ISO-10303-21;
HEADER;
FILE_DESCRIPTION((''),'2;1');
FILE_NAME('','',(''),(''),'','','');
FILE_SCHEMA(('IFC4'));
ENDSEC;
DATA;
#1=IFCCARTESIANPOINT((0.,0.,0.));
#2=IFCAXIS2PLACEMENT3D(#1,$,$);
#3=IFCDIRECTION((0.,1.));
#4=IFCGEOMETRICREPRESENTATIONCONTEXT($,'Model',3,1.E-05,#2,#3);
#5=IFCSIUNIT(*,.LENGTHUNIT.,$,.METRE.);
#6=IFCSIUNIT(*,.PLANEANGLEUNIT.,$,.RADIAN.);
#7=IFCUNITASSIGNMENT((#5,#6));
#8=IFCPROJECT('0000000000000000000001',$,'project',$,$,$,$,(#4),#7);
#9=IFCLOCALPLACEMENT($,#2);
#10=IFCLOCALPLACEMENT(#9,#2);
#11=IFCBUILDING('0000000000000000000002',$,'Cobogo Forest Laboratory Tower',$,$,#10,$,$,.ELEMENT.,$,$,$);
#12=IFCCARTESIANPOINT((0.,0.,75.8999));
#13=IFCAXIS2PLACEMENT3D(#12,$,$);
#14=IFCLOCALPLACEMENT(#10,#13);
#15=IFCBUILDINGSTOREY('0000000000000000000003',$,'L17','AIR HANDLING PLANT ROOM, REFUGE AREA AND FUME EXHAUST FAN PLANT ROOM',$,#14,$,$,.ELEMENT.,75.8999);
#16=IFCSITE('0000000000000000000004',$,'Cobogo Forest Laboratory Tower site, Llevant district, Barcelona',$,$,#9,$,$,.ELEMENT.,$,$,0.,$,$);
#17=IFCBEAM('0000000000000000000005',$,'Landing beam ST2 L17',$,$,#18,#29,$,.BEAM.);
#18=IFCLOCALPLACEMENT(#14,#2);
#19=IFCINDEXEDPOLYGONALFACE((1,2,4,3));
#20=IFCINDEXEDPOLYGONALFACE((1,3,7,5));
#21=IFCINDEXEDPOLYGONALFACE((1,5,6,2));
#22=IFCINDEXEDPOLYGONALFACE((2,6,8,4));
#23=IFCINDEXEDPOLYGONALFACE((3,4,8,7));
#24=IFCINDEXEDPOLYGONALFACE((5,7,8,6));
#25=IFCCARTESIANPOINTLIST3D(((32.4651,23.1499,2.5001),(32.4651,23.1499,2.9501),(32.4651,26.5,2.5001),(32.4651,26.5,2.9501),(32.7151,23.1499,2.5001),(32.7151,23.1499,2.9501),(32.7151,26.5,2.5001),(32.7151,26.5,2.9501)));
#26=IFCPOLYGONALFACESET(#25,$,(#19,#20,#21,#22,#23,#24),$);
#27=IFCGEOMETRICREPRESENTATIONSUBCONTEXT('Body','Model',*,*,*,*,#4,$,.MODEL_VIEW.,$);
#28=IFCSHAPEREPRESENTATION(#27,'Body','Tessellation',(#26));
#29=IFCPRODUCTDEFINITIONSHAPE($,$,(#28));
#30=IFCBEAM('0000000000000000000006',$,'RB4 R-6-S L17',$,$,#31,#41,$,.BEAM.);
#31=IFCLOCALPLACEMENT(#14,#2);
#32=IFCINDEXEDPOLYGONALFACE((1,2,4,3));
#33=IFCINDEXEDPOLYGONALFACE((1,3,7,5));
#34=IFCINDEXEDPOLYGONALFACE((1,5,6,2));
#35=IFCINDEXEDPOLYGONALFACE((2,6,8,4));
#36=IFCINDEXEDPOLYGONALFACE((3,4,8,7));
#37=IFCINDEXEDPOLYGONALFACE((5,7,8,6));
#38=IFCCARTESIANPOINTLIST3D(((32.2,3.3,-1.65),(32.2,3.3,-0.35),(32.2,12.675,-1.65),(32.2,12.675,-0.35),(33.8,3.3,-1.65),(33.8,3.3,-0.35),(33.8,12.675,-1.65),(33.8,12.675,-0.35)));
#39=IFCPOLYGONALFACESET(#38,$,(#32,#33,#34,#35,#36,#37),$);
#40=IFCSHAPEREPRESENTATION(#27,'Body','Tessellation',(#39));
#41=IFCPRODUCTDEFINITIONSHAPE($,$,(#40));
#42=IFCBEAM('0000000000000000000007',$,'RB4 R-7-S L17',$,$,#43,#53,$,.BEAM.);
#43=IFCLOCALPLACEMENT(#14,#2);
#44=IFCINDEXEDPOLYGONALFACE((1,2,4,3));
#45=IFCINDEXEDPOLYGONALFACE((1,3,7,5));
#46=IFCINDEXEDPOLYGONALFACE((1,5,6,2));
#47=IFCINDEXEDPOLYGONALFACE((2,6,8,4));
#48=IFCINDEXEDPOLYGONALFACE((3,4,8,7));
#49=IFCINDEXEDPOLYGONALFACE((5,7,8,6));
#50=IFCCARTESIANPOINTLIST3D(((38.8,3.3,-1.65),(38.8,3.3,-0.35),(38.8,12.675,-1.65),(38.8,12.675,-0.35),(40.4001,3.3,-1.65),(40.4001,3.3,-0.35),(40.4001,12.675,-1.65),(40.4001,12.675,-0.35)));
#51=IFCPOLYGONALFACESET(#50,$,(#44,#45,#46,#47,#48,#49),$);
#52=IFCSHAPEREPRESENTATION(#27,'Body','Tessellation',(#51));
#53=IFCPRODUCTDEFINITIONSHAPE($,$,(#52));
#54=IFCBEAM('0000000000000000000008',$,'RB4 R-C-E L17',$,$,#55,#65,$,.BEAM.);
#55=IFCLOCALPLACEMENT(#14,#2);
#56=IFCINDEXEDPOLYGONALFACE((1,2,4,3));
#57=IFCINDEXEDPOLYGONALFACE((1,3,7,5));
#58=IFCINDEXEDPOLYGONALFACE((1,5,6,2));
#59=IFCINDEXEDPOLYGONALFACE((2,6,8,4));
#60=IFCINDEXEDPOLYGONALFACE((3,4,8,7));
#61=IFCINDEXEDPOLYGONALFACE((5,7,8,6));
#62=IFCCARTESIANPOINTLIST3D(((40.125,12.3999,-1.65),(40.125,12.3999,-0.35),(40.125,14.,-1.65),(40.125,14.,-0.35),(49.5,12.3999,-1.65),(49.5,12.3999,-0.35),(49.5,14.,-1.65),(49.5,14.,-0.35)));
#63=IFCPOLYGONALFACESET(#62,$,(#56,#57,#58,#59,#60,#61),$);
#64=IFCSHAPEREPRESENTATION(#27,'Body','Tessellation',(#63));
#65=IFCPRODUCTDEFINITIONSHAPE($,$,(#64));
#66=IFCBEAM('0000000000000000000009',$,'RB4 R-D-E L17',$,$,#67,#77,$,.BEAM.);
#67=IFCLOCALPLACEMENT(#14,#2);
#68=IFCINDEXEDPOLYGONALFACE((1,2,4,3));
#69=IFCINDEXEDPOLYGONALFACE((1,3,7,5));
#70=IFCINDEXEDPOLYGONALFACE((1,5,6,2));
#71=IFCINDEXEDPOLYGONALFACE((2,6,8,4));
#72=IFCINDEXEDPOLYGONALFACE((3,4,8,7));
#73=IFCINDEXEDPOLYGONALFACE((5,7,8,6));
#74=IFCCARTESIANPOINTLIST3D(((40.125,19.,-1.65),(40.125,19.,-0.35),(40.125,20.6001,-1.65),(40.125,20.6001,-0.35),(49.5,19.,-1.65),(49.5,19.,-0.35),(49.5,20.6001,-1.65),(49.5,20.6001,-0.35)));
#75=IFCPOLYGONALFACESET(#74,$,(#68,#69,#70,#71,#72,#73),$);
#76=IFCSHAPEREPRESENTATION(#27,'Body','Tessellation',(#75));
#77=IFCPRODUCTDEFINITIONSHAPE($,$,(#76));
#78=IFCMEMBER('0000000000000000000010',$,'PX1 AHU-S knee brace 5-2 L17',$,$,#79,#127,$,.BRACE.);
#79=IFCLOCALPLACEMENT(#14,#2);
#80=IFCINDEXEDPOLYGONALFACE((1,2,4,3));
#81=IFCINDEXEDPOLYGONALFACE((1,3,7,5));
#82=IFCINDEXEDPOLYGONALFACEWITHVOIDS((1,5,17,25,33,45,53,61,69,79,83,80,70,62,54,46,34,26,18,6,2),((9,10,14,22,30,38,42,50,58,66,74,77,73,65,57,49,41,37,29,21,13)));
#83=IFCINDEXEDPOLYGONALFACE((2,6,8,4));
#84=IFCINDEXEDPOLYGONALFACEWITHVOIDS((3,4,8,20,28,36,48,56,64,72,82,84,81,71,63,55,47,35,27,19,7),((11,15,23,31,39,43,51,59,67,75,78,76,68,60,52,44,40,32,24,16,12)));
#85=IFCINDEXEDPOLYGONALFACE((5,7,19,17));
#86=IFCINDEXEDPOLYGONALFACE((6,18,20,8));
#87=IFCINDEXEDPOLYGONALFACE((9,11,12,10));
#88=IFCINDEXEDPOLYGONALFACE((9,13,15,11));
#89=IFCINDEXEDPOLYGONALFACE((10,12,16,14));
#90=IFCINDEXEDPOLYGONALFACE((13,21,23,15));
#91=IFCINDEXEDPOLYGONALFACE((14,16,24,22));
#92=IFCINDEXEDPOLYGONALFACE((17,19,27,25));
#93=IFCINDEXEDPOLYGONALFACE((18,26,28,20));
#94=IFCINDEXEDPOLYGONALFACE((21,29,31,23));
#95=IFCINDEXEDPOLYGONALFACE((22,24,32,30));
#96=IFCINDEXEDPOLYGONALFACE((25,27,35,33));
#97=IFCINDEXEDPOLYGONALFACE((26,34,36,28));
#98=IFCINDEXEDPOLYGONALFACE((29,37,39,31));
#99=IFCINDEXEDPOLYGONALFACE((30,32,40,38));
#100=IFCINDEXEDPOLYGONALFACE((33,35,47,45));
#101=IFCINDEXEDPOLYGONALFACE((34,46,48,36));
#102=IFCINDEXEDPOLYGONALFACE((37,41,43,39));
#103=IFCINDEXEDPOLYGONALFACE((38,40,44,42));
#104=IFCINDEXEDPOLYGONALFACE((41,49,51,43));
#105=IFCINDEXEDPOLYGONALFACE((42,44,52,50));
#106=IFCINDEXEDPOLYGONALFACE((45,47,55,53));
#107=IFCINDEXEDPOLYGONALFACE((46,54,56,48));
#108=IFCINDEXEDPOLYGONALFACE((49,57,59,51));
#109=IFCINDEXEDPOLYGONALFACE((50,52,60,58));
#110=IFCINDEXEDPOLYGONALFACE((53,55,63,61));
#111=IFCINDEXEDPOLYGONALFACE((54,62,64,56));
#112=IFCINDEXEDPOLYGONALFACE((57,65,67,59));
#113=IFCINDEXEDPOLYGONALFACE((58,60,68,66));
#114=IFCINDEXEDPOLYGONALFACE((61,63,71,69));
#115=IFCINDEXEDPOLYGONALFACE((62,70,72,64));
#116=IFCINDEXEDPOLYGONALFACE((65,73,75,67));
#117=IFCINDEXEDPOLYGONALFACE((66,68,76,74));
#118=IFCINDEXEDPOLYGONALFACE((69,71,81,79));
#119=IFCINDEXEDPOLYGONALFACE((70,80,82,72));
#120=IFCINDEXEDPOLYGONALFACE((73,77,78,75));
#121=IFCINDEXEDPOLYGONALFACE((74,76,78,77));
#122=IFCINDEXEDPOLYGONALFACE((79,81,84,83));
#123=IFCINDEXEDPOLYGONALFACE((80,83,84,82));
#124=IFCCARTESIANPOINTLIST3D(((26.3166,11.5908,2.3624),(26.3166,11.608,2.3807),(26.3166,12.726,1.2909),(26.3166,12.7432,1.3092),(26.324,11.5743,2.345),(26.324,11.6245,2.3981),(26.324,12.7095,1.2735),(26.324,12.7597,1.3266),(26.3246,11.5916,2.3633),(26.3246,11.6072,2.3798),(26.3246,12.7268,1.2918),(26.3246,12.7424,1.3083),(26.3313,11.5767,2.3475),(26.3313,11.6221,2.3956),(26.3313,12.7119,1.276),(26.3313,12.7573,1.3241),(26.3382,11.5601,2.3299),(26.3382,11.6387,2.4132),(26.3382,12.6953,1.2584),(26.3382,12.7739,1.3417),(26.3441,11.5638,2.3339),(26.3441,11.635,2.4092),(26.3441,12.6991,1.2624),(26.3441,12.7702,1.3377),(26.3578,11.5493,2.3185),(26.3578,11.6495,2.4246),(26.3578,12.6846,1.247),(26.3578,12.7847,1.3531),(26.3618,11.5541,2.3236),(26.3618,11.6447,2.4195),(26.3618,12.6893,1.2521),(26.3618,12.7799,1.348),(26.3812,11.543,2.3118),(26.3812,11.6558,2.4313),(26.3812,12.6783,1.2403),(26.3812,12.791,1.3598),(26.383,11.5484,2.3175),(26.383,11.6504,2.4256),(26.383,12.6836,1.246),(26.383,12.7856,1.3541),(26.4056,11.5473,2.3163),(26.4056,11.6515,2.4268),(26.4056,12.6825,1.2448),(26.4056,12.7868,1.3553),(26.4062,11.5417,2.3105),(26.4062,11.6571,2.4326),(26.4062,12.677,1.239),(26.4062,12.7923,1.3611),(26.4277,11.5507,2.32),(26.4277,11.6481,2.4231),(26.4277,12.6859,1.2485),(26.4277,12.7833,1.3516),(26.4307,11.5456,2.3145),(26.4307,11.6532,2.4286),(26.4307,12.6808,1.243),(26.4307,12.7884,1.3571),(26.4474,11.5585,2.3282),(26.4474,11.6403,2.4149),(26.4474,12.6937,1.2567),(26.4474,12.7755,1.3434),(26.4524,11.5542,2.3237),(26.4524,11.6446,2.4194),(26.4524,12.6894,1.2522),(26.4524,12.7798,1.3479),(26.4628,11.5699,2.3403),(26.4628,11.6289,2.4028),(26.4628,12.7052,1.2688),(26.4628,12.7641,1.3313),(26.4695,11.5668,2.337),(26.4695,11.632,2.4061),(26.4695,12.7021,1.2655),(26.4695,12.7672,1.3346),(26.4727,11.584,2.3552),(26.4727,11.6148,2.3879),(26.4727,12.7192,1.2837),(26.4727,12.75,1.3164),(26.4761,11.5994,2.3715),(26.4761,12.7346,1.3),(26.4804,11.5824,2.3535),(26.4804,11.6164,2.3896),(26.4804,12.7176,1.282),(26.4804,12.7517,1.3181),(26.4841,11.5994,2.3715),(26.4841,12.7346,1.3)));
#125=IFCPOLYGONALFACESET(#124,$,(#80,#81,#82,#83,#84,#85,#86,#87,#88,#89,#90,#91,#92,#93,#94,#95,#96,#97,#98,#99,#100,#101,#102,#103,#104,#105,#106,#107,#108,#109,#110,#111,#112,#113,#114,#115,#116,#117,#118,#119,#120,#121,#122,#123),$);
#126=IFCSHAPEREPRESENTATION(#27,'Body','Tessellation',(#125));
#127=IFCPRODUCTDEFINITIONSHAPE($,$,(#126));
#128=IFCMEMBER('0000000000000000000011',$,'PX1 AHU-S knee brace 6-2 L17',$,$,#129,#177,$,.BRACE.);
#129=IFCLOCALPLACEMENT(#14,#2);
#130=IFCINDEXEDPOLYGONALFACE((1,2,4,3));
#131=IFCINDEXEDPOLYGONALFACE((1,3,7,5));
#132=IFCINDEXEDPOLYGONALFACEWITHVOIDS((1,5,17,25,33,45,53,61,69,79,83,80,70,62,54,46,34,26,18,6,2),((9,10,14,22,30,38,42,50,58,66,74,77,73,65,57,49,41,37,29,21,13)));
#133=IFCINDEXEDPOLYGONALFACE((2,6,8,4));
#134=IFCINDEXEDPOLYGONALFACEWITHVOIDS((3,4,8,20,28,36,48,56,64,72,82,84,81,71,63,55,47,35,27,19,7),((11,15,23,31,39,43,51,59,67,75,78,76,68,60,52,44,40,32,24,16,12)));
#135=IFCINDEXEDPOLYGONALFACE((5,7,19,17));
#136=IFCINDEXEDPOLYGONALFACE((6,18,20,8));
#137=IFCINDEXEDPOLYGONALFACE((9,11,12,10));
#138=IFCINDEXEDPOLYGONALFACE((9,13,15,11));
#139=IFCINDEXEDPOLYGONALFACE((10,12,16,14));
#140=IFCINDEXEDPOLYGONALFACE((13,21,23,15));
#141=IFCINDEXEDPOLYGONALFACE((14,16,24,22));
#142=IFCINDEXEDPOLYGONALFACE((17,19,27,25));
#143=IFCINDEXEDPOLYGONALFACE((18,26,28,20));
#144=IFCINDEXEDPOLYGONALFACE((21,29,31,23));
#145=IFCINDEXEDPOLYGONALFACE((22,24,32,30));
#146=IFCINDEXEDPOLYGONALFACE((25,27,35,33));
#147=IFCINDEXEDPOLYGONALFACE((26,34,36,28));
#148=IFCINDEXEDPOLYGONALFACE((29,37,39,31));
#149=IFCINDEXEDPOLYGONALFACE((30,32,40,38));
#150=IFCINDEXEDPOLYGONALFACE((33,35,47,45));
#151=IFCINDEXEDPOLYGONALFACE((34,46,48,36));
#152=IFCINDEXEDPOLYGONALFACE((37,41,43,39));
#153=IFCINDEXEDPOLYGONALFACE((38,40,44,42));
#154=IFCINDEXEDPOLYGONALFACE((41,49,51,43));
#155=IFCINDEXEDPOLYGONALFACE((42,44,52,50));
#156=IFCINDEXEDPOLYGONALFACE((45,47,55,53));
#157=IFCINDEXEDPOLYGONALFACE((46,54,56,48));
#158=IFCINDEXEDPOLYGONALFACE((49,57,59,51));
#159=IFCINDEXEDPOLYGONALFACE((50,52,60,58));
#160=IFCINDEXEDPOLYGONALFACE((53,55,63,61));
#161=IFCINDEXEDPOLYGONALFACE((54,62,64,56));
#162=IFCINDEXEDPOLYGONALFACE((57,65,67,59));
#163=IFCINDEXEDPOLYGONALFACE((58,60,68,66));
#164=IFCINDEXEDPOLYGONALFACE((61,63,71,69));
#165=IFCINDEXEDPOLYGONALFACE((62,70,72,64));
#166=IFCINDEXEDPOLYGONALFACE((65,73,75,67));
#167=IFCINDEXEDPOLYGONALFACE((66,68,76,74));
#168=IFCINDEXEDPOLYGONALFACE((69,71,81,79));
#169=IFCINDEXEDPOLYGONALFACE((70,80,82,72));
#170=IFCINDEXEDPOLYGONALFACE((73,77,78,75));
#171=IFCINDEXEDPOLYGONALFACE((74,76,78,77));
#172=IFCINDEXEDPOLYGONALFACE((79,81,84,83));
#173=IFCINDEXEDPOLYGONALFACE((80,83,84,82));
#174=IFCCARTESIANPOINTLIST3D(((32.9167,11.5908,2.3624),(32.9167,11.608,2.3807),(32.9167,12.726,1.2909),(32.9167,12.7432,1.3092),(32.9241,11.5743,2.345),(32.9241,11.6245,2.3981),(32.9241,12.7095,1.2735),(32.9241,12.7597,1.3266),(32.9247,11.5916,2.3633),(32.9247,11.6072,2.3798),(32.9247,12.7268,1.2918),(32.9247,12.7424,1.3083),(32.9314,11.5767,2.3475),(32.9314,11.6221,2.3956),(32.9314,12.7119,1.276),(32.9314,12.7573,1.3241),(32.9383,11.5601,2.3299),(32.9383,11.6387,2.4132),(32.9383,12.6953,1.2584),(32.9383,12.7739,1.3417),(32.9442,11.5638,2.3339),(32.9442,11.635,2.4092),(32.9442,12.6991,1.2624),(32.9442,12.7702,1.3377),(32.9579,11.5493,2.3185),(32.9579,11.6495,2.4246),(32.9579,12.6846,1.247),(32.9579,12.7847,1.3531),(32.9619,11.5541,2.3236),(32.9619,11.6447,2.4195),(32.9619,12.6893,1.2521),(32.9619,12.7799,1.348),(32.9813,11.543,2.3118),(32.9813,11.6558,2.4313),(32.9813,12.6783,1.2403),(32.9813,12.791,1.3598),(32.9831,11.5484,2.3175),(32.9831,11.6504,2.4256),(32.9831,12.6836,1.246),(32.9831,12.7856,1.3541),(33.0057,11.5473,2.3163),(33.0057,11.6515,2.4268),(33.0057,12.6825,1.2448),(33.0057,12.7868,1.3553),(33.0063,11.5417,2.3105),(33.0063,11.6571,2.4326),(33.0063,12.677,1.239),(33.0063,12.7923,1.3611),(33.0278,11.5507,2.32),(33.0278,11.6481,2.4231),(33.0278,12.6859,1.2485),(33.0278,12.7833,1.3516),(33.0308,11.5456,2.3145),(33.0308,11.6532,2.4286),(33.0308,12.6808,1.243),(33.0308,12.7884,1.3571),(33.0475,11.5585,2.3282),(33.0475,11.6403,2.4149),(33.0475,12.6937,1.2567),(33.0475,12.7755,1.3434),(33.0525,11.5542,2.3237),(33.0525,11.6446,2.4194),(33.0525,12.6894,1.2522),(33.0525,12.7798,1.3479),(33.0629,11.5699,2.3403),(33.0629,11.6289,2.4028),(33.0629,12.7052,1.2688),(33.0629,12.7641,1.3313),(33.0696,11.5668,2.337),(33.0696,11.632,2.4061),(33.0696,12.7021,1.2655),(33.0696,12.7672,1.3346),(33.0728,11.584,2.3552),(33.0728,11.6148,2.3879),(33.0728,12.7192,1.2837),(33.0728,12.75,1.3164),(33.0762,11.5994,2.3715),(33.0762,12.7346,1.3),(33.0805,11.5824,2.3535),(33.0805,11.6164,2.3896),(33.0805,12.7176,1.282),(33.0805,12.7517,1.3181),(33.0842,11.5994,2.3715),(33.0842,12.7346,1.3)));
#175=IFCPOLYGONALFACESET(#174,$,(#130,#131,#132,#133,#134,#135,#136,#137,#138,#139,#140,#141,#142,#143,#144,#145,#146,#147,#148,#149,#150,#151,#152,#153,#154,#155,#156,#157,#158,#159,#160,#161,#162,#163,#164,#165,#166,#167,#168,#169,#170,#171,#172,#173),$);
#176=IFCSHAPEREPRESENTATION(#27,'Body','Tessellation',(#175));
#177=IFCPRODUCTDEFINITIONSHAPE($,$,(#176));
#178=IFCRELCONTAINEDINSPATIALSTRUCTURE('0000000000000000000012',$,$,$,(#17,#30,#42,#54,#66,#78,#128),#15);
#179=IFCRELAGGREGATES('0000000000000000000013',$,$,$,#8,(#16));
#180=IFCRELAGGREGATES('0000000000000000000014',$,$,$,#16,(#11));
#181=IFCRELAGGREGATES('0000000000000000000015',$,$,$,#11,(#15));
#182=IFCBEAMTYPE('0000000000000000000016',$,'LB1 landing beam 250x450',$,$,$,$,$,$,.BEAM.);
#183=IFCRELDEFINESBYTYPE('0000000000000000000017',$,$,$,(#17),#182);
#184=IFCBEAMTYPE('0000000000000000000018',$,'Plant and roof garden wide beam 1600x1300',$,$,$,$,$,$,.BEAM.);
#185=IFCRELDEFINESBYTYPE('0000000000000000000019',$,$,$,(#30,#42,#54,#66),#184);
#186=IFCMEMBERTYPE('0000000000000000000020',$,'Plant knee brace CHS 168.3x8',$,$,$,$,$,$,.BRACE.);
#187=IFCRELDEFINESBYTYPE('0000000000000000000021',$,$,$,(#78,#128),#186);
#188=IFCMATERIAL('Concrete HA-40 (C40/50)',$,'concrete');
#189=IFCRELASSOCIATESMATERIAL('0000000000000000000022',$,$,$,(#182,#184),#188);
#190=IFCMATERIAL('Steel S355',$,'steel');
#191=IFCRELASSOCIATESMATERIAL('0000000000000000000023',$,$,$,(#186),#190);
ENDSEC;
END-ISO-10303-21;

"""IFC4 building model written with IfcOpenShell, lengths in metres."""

from ifc_helpers import new_model, si_unit, direction, frame, origin, origin_2d, place, context, subcontext, project, spatial, rectangle, hollow_circle, extrude, material, material_profile, profile_set, type_object, element, save


model = new_model("IFC4")

# Units and contexts
model_context = context("Model", 3, precision=1e-05, world=origin(), true_north=direction((0.0, 1.0)))
body_context = subcontext(model_context, "Body", "Model", "MODEL_VIEW")
ifc_project = project(units=[si_unit("LENGTHUNIT", "METRE"), si_unit("PLANEANGLEUNIT", "RADIAN")], contexts=[model_context])

# Site, building, storey
site_placement = place(None, origin())
site = spatial("IfcSite", under=ifc_project, at=site_placement, Name="Cobogo Forest Laboratory Tower site, Llevant district, Barcelona", CompositionType="ELEMENT", RefElevation=0.0)
building_placement = place(site_placement, origin())
building = spatial("IfcBuilding", under=site, at=building_placement, Name="Cobogo Forest Laboratory Tower", CompositionType="ELEMENT")
storey_placement = place(building_placement, frame((0.0, 0.0, 75.8999)))
storey = spatial("IfcBuildingStorey", under=building, at=storey_placement, Name="L17", Description="AIR HANDLING PLANT ROOM, REFUGE AREA AND FUME EXHAUST FAN PLANT ROOM", CompositionType="ELEMENT", Elevation=75.8999)

# Beams
ifc_material_1 = material(Name="Concrete HA-40 (C40/50)", Category="concrete")
ifc_material_profile_1 = material_profile(ifc_material_1, rectangle(XDim=0.25, YDim=0.45, at=origin_2d()), Name="RC 250x450")
ifc_profile_set_1 = profile_set([ifc_material_profile_1], Name="Concrete HA-40 (C40/50)")
beam_type_1 = type_object("IfcBeamType", Name="LB1 landing beam 250x450", PredefinedType="BEAM", material=ifc_profile_set_1)
beam_placement = place(storey_placement, frame((32.5901, 23.1499, 2.7251), z_axis=(0.0, 1.0, 0.0), x_axis=(-1.0, 0.0, 0.0)))
element("IfcBeam", 1, at=beam_placement, inside=storey, type_object=beam_type_1, Name="Landing beam ST2 L17", PredefinedType="BEAM", context=body_context, shape_type="SweptSolid", body=[
    extrude(rectangle(XDim=0.25, YDim=0.45, at=origin_2d()), origin(), (0.0, 0.0, 1.0), 3.3501),
])
ifc_material_profile_2 = material_profile(ifc_material_1, rectangle(XDim=1.6001, YDim=1.3, at=origin_2d()), Name="RC 1600x1300")
ifc_profile_set_2 = profile_set([ifc_material_profile_2], Name="Concrete HA-40 (C40/50)")
beam_type_2 = type_object("IfcBeamType", Name="Plant and roof garden wide beam 1600x1300", PredefinedType="BEAM", material=ifc_profile_set_2)
for number, where, z_axis, x_axis, name in (
    (2, (33.0, 12.675, -1.0), (0.0, -1.0, 0.0), (1.0, 0.0, 0.0), "RB4 R-6-S L17"),
    (3, (39.6001, 12.675, -1.0), (0.0, -1.0, 0.0), (1.0, 0.0, 0.0), "RB4 R-7-S L17"),
    (4, (40.125, 13.2, -1.0), (1.0, 0.0, 0.0), (0.0, 1.0, 0.0), "RB4 R-C-E L17"),
    (5, (40.125, 19.8, -1.0), (1.0, 0.0, 0.0), (0.0, 1.0, 0.0), "RB4 R-D-E L17"),
):
    element("IfcBeam", number, at=place(storey_placement, frame(where, z_axis=z_axis, x_axis=x_axis)), inside=storey, type_object=beam_type_2, Name=name, PredefinedType="BEAM", context=body_context, shape_type="SweptSolid", body=[
        extrude(rectangle(XDim=1.6001, YDim=1.3, at=origin_2d()), origin(), (0.0, 0.0, 1.0), 9.375),
    ])

# Members
ifc_material_2 = material(Name="Steel S355", Category="steel")
ifc_material_profile_3 = material_profile(ifc_material_2, hollow_circle(Radius=0.0842, WallThickness=0.0081, at=origin_2d()), Name="CHS 168.3x8")
ifc_profile_set_3 = profile_set([ifc_material_profile_3], Name="Steel S355")
member_type = type_object("IfcMemberType", Name="Plant knee brace CHS 168.3x8", PredefinedType="BRACE", material=ifc_profile_set_3)
for number, where, z_axis, x_axis, name in (
    (6, (26.3999, 12.7346, 1.3), (0.0, -0.727221, 0.686403), (1.0, 0.0, 0.0), "PX1 AHU-S knee brace 5-2 L17"),
    (7, (33.0, 12.7346, 1.3), (0.0, -0.727221, 0.686403), (1.0, 0.0, 0.0), "PX1 AHU-S knee brace 6-2 L17"),
):
    element("IfcMember", number, at=place(storey_placement, frame(where, z_axis=z_axis, x_axis=x_axis)), inside=storey, type_object=member_type, Name=name, PredefinedType="BRACE", context=body_context, shape_type="SweptSolid", body=[
        extrude(hollow_circle(Radius=0.0842, WallThickness=0.0081, at=origin_2d()), origin(), (0.0, 0.0, 1.0), 1.561),
    ])

save(model, "model.ifc")
